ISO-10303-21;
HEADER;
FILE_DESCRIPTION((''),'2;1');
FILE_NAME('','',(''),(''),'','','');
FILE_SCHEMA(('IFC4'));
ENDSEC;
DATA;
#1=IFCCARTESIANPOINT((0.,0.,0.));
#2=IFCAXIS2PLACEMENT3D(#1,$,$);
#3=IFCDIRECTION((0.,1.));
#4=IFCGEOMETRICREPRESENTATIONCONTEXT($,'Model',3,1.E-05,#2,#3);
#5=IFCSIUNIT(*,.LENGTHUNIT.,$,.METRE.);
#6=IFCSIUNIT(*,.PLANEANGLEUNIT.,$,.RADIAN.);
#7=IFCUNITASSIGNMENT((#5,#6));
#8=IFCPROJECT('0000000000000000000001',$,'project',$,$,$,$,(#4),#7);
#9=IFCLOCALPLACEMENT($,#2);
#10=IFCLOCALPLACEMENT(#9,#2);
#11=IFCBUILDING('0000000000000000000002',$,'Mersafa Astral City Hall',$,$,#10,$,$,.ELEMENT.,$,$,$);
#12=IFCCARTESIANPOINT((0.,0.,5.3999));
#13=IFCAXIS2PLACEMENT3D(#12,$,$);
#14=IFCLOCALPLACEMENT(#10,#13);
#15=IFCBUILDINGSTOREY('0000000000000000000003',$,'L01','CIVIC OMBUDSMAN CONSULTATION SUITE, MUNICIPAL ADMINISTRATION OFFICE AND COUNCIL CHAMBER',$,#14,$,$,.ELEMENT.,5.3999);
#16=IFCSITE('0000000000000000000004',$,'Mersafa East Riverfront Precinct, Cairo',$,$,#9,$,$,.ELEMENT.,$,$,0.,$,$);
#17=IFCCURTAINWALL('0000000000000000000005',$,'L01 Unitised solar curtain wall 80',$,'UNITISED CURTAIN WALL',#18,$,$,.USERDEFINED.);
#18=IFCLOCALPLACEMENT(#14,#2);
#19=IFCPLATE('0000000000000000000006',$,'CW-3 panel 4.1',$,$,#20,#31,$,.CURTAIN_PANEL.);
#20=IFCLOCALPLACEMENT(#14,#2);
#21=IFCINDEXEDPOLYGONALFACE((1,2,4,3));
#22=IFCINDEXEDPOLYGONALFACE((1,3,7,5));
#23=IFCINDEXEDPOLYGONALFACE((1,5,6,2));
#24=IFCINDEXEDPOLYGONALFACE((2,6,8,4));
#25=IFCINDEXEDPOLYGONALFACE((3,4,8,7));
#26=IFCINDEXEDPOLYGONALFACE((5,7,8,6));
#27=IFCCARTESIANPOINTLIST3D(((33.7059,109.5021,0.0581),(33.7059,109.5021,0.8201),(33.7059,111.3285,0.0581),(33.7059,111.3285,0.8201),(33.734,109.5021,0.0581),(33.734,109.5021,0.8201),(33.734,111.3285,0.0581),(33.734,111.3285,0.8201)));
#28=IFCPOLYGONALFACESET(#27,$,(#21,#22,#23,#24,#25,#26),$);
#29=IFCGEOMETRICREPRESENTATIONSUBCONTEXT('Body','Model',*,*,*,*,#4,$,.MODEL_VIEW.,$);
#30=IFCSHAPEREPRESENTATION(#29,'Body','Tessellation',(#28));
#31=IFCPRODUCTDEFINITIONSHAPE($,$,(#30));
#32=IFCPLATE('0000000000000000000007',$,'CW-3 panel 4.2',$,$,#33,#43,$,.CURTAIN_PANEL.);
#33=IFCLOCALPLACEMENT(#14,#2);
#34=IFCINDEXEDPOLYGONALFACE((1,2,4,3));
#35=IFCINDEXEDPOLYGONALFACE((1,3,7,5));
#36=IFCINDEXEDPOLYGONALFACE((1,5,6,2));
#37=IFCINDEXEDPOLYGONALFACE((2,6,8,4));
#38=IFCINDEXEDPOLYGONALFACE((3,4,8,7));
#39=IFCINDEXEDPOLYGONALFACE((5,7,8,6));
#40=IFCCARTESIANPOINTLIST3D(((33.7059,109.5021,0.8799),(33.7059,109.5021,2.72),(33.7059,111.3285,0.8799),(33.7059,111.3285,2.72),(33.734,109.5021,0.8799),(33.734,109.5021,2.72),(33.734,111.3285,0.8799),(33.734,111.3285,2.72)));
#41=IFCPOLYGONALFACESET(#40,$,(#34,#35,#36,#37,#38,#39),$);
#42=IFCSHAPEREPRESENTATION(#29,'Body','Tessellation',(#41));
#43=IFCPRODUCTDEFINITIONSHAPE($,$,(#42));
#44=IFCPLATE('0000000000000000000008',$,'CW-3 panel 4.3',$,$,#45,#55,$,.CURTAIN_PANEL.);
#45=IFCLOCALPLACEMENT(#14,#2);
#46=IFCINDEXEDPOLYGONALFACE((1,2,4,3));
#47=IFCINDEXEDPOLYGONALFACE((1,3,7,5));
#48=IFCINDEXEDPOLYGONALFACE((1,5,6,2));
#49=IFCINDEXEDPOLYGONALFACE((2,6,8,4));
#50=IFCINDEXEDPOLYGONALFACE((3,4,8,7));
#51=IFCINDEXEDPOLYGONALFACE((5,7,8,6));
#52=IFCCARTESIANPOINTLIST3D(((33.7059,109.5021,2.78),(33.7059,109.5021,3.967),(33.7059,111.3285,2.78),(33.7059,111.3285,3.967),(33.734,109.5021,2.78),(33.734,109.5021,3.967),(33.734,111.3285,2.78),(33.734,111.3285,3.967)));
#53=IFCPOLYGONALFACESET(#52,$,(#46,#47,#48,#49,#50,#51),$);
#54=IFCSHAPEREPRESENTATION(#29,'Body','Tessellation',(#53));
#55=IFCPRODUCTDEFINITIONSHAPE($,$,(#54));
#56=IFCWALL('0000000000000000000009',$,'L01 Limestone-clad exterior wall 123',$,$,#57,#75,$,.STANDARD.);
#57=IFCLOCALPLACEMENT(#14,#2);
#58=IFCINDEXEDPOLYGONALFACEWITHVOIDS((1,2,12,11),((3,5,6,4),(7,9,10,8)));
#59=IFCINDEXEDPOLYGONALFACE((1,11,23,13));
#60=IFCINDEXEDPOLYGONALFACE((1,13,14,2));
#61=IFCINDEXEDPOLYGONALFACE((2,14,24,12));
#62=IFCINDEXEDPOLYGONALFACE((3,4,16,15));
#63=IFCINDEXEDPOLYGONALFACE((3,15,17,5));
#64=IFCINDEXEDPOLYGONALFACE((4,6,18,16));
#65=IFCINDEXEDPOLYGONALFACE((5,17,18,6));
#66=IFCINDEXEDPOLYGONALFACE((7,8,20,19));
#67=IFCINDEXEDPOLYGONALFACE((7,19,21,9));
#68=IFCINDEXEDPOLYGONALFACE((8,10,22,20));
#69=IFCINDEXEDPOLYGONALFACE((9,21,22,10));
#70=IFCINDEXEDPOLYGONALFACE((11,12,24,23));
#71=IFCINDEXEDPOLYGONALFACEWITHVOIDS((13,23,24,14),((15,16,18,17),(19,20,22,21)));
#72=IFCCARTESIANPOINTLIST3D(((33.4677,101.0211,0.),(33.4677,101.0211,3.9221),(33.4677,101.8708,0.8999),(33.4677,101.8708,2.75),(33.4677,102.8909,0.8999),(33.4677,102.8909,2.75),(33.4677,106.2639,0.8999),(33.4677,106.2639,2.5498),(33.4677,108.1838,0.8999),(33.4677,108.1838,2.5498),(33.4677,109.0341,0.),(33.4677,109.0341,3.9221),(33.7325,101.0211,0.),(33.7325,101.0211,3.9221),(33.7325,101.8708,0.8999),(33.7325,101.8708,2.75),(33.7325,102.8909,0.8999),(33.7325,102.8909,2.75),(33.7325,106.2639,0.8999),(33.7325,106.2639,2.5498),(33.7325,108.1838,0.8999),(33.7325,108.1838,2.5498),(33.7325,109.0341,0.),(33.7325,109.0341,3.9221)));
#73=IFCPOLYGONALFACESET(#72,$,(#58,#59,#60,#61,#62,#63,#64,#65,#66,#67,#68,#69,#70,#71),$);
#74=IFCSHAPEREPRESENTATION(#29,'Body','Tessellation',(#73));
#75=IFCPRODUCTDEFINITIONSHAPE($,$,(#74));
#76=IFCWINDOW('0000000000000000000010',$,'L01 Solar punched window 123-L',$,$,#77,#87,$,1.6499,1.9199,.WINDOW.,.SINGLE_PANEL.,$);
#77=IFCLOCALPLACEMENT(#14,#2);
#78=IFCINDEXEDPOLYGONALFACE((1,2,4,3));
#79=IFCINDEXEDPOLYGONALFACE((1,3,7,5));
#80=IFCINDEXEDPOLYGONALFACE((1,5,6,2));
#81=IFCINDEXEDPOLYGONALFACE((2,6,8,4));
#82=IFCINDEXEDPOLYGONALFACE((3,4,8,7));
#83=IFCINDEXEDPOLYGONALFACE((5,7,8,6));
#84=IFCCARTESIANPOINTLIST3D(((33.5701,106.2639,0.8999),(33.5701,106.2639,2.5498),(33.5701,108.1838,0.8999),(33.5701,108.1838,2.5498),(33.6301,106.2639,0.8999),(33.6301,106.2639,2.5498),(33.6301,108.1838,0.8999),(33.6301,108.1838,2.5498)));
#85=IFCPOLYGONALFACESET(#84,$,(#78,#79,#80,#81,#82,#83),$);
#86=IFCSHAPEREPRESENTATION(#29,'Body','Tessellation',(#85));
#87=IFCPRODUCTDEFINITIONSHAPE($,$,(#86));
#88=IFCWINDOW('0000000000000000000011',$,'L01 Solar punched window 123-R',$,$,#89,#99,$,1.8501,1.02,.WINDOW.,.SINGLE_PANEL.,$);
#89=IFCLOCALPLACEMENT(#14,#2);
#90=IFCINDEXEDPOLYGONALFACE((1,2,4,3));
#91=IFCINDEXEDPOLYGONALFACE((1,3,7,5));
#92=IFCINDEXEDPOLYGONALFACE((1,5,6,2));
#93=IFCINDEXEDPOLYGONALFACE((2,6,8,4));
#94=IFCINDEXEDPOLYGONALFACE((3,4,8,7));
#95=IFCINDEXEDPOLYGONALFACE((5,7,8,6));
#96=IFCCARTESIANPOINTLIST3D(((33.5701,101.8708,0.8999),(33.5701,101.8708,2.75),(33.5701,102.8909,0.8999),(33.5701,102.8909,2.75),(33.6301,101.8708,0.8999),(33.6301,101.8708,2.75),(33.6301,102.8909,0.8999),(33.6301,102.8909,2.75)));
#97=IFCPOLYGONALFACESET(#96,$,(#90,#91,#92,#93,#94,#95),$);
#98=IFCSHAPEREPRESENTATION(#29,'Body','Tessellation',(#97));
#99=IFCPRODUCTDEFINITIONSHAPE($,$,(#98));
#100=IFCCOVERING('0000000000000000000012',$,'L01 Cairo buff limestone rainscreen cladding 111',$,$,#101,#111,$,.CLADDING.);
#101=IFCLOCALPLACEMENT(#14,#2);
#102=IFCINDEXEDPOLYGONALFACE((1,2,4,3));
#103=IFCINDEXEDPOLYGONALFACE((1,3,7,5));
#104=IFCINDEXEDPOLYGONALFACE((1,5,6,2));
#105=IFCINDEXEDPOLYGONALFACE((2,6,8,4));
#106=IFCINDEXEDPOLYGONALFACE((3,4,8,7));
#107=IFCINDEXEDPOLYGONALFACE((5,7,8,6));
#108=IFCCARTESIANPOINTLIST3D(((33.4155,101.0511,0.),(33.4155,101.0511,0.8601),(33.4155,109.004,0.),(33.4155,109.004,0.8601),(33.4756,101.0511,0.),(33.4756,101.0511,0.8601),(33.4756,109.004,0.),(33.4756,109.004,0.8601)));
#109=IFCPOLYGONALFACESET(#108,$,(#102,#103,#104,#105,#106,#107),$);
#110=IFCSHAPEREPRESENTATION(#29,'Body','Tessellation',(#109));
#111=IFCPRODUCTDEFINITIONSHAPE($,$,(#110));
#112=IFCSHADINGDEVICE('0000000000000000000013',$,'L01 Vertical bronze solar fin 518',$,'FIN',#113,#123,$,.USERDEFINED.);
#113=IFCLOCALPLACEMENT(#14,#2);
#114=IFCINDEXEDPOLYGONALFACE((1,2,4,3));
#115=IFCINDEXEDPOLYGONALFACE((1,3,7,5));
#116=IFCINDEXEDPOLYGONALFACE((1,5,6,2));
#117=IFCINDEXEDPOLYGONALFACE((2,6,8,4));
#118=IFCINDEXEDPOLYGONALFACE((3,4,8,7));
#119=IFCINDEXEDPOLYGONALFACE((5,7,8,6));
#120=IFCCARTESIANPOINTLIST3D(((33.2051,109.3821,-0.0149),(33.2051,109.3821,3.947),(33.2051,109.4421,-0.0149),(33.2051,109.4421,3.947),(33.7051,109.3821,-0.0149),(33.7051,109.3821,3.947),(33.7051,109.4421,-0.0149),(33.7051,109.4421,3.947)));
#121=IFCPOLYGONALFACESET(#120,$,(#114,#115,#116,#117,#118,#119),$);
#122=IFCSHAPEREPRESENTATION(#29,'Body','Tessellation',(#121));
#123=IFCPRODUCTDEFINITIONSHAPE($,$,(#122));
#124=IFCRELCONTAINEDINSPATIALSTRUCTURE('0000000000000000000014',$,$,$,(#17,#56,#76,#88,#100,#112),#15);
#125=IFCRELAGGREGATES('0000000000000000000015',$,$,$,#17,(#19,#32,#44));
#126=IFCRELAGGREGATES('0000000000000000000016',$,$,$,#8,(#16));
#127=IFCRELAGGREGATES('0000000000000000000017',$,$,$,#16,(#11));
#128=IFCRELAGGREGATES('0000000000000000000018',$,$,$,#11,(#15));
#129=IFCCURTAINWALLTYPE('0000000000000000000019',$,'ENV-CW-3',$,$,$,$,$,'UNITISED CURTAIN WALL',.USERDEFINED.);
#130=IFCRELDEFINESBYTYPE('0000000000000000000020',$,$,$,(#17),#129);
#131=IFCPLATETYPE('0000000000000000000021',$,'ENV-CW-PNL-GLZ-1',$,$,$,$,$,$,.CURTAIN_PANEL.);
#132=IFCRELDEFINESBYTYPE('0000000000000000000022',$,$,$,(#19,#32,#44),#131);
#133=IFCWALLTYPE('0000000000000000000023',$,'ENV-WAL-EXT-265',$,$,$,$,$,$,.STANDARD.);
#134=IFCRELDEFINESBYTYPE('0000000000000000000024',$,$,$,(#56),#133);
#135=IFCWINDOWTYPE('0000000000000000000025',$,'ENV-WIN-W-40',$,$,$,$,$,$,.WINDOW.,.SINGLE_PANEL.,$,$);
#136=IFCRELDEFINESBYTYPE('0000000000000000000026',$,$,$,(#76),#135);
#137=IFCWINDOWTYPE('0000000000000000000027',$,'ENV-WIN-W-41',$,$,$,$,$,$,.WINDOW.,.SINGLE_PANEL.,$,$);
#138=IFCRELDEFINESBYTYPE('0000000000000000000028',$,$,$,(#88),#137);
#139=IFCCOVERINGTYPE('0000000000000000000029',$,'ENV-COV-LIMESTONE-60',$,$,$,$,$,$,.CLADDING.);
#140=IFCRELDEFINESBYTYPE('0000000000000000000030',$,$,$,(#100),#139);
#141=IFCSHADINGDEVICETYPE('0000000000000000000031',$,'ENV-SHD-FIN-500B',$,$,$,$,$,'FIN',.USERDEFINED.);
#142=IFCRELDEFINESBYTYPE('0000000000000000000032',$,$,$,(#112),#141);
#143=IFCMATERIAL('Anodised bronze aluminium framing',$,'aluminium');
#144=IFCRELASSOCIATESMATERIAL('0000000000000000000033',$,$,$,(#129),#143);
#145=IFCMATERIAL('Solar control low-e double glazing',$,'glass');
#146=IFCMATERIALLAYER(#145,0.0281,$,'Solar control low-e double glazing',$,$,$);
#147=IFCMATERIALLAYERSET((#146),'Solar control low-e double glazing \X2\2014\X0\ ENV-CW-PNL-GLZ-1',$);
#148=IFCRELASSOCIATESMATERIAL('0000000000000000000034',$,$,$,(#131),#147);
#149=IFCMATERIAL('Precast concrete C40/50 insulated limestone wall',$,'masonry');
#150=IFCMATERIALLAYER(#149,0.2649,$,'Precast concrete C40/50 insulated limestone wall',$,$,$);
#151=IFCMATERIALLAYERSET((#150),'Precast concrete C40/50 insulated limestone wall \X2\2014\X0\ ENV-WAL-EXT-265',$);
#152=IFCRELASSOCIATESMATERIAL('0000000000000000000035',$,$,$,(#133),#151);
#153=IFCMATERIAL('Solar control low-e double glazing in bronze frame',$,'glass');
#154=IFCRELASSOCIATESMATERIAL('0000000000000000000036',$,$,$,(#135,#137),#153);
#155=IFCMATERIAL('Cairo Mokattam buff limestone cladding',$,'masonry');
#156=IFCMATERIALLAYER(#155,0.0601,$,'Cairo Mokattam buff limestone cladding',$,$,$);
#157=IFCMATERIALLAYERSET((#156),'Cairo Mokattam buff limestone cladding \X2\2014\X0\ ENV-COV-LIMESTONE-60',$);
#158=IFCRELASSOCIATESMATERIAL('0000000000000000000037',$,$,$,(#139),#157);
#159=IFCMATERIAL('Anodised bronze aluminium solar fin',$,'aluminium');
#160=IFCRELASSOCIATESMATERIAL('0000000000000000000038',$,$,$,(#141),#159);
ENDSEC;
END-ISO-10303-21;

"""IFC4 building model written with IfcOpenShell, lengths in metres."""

from ifc_helpers import new_model, si_unit, direction, frame, frame_2d, origin, origin_2d, place, context, subcontext, project, spatial, rectangle, extrude, material, layer, layer_set, type_object, element, fill, aggregate, save


model = new_model("IFC4")

# Units and contexts
model_context = context("Model", 3, precision=1e-05, world=origin(), true_north=direction((0.0, 1.0)))
body_context = subcontext(model_context, "Body", "Model", "MODEL_VIEW")
ifc_project = project(units=[si_unit("LENGTHUNIT", "METRE"), si_unit("PLANEANGLEUNIT", "RADIAN")], contexts=[model_context])

# Site, building, storey
site_placement = place(None, origin())
site = spatial("IfcSite", under=ifc_project, at=site_placement, Name="Mersafa East Riverfront Precinct, Cairo", CompositionType="ELEMENT", RefElevation=0.0)
building_placement = place(site_placement, origin())
building = spatial("IfcBuilding", under=site, at=building_placement, Name="Mersafa Astral City Hall", CompositionType="ELEMENT")
storey_placement = place(building_placement, frame((0.0, 0.0, 5.3999)))
storey = spatial("IfcBuildingStorey", under=building, at=storey_placement, Name="L01", Description="CIVIC OMBUDSMAN CONSULTATION SUITE, MUNICIPAL ADMINISTRATION OFFICE AND COUNCIL CHAMBER", CompositionType="ELEMENT", Elevation=5.3999)

# Curtain wall
ifc_material_1 = material(Name="Anodised bronze aluminium framing", Category="aluminium")
curtain_wall_type_1 = type_object("IfcCurtainWallType", Name="ENV-CW-3", ElementType="UNITISED CURTAIN WALL", PredefinedType="USERDEFINED", material=ifc_material_1)
curtain_wall_1_placement = place(storey_placement, origin())
curtain_wall_1 = element("IfcCurtainWall", 1, at=curtain_wall_1_placement, inside=storey, type_object=curtain_wall_type_1, Name="L01 Unitised solar curtain wall 80", ObjectType="UNITISED CURTAIN WALL", PredefinedType="USERDEFINED")

# Plates
ifc_material_2 = material(Name="Solar control low-e double glazing", Category="glass")
ifc_layer_1 = layer(ifc_material_2, 0.0281, Name="Solar control low-e double glazing")
ifc_layer_set_1 = layer_set([ifc_layer_1], Name="Solar control low-e double glazing — ENV-CW-PNL-GLZ-1")
plate_type = type_object("IfcPlateType", Name="ENV-CW-PNL-GLZ-1", PredefinedType="CURTAIN_PANEL", material=ifc_layer_set_1)
plate_1_placement = place(storey_placement, frame((33.72, 110.4153, 0.0581), z_axis=(0.0, 0.0, 1.0), x_axis=(0.0, -1.0, 0.0)))
plate_1 = element("IfcPlate", 2, at=plate_1_placement, type_object=plate_type, Name="CW-3 panel 4.1", PredefinedType="CURTAIN_PANEL", context=body_context, shape_type="SweptSolid", body=[
    extrude(rectangle(XDim=1.8264, YDim=0.0281, at=origin_2d()), origin(), (0.0, 0.0, 1.0), 0.762),
])
plate_2_placement = place(storey_placement, frame((33.72, 110.4153, 0.8799), z_axis=(0.0, 0.0, 1.0), x_axis=(0.0, -1.0, 0.0)))
plate_2 = element("IfcPlate", 3, at=plate_2_placement, type_object=plate_type, Name="CW-3 panel 4.2", PredefinedType="CURTAIN_PANEL", context=body_context, shape_type="SweptSolid", body=[
    extrude(rectangle(XDim=1.8264, YDim=0.0281, at=origin_2d()), origin(), (0.0, 0.0, 1.0), 1.8401),
])
plate_3_placement = place(storey_placement, frame((33.72, 110.4153, 2.78), z_axis=(0.0, 0.0, 1.0), x_axis=(0.0, -1.0, 0.0)))
plate_3 = element("IfcPlate", 4, at=plate_3_placement, type_object=plate_type, Name="CW-3 panel 4.3", PredefinedType="CURTAIN_PANEL", context=body_context, shape_type="SweptSolid", body=[
    extrude(rectangle(XDim=1.8264, YDim=0.0281, at=origin_2d()), origin(), (0.0, 0.0, 1.0), 1.187),
])
aggregate(curtain_wall_1, [plate_1, plate_2, plate_3])

# Wall, openings, windows
ifc_material_3 = material(Name="Precast concrete C40/50 insulated limestone wall", Category="masonry")
ifc_layer_2 = layer(ifc_material_3, 0.2649, Name="Precast concrete C40/50 insulated limestone wall")
ifc_layer_set_2 = layer_set([ifc_layer_2], Name="Precast concrete C40/50 insulated limestone wall — ENV-WAL-EXT-265")
wall_type = type_object("IfcWallType", Name="ENV-WAL-EXT-265", PredefinedType="STANDARD", material=ifc_layer_set_2)
wall_placement = place(storey_placement, frame((33.6001, 109.0339, 0.0), z_axis=(0.0, 0.0, 1.0), x_axis=(0.0, -1.0, 0.0)))
wall = element("IfcWall", 5, at=wall_placement, inside=storey, type_object=wall_type, Name="L01 Limestone-clad exterior wall 123", PredefinedType="STANDARD", context=body_context, shape_type="SweptSolid", body=[
    extrude(rectangle(XDim=8.0129, YDim=0.2649, at=frame_2d((4.0063, 0.0))), origin(), (0.0, 0.0, 1.0), 3.9221),
])
opening_1_placement = place(wall_placement, frame((0.8501, 0.0, 0.8999)))
opening_1 = element("IfcOpeningElement", 6, at=opening_1_placement, cuts=wall, PredefinedType="OPENING", context=body_context, shape_type="SweptSolid", body=[
    extrude(rectangle(XDim=1.9199, YDim=1.6499, at=frame_2d((0.96, 0.825))), frame((0.0, 0.1423, 0.0), z_axis=(0.0, -1.0, 0.0), x_axis=(1.0, 0.0, 0.0)), (0.0, 0.0, 1.0), 0.2849),
])
opening_2_placement = place(wall_placement, frame((6.1431, 0.0, 0.8999)))
opening_2 = element("IfcOpeningElement", 7, at=opening_2_placement, cuts=wall, PredefinedType="OPENING", context=body_context, shape_type="SweptSolid", body=[
    extrude(rectangle(XDim=1.02, YDim=1.8501, at=frame_2d((0.51, 0.925))), frame((0.0, 0.1423, 0.0), z_axis=(0.0, -1.0, 0.0), x_axis=(1.0, 0.0, 0.0)), (0.0, 0.0, 1.0), 0.2849),
])
ifc_material_4 = material(Name="Solar control low-e double glazing in bronze frame", Category="glass")
window_type_1 = type_object("IfcWindowType", Name="ENV-WIN-W-40", PartitioningType="SINGLE_PANEL", PredefinedType="WINDOW", material=ifc_material_4)
window_1_placement = place(opening_1_placement, origin())
window_1 = element("IfcWindow", 8, at=window_1_placement, inside=storey, type_object=window_type_1, Name="L01 Solar punched window 123-L", OverallHeight=1.6499, OverallWidth=1.9199, PartitioningType="SINGLE_PANEL", PredefinedType="WINDOW", context=body_context, shape_type="SweptSolid", body=[
    extrude(rectangle(XDim=1.9199, YDim=1.6499, at=frame_2d((0.96, 0.825))), frame((0.0, 0.03, 0.0), z_axis=(0.0, -1.0, 0.0), x_axis=(1.0, 0.0, 0.0)), (0.0, 0.0, 1.0), 0.0601),
])
fill(opening_1, window_1)
window_type_2 = type_object("IfcWindowType", Name="ENV-WIN-W-41", PartitioningType="SINGLE_PANEL", PredefinedType="WINDOW", material=ifc_material_4)
window_2_placement = place(opening_2_placement, origin())
window_2 = element("IfcWindow", 9, at=window_2_placement, inside=storey, type_object=window_type_2, Name="L01 Solar punched window 123-R", OverallHeight=1.8501, OverallWidth=1.02, PartitioningType="SINGLE_PANEL", PredefinedType="WINDOW", context=body_context, shape_type="SweptSolid", body=[
    extrude(rectangle(XDim=1.02, YDim=1.8501, at=frame_2d((0.51, 0.925))), frame((0.0, 0.03, 0.0), z_axis=(0.0, -1.0, 0.0), x_axis=(1.0, 0.0, 0.0)), (0.0, 0.0, 1.0), 0.0601),
])
fill(opening_2, window_2)

# Covering
ifc_material_5 = material(Name="Cairo Mokattam buff limestone cladding", Category="masonry")
ifc_layer_3 = layer(ifc_material_5, 0.0601, Name="Cairo Mokattam buff limestone cladding")
ifc_layer_set_3 = layer_set([ifc_layer_3], Name="Cairo Mokattam buff limestone cladding — ENV-COV-LIMESTONE-60")
covering_type = type_object("IfcCoveringType", Name="ENV-COV-LIMESTONE-60", PredefinedType="CLADDING", material=ifc_layer_set_3)
covering_placement = place(storey_placement, frame((33.4456, 105.0276, 0.0), z_axis=(0.0, 0.0, 1.0), x_axis=(0.0, -1.0, 0.0)))
element("IfcCovering", 10, at=covering_placement, inside=storey, type_object=covering_type, Name="L01 Cairo buff limestone rainscreen cladding 111", PredefinedType="CLADDING", context=body_context, shape_type="SweptSolid", body=[
    extrude(rectangle(XDim=7.9529, YDim=0.0601, at=origin_2d()), origin(), (0.0, 0.0, 1.0), 0.8601),
])

# Shading device
ifc_material_6 = material(Name="Anodised bronze aluminium solar fin", Category="aluminium")
shading_device_type = type_object("IfcShadingDeviceType", Name="ENV-SHD-FIN-500B", ElementType="FIN", PredefinedType="USERDEFINED", material=ifc_material_6)
shading_device_placement = place(storey_placement, frame((33.4551, 109.4121, -0.0149), z_axis=(0.0, 0.0, 1.0), x_axis=(0.0, -1.0, 0.0)))
element("IfcShadingDevice", 11, at=shading_device_placement, inside=storey, type_object=shading_device_type, Name="L01 Vertical bronze solar fin 518", ObjectType="FIN", PredefinedType="USERDEFINED", context=body_context, shape_type="SweptSolid", body=[
    extrude(rectangle(XDim=0.0601, YDim=0.5, at=origin_2d()), origin(), (0.0, 0.0, 1.0), 3.9619),
])

save(model, "model.ifc")
